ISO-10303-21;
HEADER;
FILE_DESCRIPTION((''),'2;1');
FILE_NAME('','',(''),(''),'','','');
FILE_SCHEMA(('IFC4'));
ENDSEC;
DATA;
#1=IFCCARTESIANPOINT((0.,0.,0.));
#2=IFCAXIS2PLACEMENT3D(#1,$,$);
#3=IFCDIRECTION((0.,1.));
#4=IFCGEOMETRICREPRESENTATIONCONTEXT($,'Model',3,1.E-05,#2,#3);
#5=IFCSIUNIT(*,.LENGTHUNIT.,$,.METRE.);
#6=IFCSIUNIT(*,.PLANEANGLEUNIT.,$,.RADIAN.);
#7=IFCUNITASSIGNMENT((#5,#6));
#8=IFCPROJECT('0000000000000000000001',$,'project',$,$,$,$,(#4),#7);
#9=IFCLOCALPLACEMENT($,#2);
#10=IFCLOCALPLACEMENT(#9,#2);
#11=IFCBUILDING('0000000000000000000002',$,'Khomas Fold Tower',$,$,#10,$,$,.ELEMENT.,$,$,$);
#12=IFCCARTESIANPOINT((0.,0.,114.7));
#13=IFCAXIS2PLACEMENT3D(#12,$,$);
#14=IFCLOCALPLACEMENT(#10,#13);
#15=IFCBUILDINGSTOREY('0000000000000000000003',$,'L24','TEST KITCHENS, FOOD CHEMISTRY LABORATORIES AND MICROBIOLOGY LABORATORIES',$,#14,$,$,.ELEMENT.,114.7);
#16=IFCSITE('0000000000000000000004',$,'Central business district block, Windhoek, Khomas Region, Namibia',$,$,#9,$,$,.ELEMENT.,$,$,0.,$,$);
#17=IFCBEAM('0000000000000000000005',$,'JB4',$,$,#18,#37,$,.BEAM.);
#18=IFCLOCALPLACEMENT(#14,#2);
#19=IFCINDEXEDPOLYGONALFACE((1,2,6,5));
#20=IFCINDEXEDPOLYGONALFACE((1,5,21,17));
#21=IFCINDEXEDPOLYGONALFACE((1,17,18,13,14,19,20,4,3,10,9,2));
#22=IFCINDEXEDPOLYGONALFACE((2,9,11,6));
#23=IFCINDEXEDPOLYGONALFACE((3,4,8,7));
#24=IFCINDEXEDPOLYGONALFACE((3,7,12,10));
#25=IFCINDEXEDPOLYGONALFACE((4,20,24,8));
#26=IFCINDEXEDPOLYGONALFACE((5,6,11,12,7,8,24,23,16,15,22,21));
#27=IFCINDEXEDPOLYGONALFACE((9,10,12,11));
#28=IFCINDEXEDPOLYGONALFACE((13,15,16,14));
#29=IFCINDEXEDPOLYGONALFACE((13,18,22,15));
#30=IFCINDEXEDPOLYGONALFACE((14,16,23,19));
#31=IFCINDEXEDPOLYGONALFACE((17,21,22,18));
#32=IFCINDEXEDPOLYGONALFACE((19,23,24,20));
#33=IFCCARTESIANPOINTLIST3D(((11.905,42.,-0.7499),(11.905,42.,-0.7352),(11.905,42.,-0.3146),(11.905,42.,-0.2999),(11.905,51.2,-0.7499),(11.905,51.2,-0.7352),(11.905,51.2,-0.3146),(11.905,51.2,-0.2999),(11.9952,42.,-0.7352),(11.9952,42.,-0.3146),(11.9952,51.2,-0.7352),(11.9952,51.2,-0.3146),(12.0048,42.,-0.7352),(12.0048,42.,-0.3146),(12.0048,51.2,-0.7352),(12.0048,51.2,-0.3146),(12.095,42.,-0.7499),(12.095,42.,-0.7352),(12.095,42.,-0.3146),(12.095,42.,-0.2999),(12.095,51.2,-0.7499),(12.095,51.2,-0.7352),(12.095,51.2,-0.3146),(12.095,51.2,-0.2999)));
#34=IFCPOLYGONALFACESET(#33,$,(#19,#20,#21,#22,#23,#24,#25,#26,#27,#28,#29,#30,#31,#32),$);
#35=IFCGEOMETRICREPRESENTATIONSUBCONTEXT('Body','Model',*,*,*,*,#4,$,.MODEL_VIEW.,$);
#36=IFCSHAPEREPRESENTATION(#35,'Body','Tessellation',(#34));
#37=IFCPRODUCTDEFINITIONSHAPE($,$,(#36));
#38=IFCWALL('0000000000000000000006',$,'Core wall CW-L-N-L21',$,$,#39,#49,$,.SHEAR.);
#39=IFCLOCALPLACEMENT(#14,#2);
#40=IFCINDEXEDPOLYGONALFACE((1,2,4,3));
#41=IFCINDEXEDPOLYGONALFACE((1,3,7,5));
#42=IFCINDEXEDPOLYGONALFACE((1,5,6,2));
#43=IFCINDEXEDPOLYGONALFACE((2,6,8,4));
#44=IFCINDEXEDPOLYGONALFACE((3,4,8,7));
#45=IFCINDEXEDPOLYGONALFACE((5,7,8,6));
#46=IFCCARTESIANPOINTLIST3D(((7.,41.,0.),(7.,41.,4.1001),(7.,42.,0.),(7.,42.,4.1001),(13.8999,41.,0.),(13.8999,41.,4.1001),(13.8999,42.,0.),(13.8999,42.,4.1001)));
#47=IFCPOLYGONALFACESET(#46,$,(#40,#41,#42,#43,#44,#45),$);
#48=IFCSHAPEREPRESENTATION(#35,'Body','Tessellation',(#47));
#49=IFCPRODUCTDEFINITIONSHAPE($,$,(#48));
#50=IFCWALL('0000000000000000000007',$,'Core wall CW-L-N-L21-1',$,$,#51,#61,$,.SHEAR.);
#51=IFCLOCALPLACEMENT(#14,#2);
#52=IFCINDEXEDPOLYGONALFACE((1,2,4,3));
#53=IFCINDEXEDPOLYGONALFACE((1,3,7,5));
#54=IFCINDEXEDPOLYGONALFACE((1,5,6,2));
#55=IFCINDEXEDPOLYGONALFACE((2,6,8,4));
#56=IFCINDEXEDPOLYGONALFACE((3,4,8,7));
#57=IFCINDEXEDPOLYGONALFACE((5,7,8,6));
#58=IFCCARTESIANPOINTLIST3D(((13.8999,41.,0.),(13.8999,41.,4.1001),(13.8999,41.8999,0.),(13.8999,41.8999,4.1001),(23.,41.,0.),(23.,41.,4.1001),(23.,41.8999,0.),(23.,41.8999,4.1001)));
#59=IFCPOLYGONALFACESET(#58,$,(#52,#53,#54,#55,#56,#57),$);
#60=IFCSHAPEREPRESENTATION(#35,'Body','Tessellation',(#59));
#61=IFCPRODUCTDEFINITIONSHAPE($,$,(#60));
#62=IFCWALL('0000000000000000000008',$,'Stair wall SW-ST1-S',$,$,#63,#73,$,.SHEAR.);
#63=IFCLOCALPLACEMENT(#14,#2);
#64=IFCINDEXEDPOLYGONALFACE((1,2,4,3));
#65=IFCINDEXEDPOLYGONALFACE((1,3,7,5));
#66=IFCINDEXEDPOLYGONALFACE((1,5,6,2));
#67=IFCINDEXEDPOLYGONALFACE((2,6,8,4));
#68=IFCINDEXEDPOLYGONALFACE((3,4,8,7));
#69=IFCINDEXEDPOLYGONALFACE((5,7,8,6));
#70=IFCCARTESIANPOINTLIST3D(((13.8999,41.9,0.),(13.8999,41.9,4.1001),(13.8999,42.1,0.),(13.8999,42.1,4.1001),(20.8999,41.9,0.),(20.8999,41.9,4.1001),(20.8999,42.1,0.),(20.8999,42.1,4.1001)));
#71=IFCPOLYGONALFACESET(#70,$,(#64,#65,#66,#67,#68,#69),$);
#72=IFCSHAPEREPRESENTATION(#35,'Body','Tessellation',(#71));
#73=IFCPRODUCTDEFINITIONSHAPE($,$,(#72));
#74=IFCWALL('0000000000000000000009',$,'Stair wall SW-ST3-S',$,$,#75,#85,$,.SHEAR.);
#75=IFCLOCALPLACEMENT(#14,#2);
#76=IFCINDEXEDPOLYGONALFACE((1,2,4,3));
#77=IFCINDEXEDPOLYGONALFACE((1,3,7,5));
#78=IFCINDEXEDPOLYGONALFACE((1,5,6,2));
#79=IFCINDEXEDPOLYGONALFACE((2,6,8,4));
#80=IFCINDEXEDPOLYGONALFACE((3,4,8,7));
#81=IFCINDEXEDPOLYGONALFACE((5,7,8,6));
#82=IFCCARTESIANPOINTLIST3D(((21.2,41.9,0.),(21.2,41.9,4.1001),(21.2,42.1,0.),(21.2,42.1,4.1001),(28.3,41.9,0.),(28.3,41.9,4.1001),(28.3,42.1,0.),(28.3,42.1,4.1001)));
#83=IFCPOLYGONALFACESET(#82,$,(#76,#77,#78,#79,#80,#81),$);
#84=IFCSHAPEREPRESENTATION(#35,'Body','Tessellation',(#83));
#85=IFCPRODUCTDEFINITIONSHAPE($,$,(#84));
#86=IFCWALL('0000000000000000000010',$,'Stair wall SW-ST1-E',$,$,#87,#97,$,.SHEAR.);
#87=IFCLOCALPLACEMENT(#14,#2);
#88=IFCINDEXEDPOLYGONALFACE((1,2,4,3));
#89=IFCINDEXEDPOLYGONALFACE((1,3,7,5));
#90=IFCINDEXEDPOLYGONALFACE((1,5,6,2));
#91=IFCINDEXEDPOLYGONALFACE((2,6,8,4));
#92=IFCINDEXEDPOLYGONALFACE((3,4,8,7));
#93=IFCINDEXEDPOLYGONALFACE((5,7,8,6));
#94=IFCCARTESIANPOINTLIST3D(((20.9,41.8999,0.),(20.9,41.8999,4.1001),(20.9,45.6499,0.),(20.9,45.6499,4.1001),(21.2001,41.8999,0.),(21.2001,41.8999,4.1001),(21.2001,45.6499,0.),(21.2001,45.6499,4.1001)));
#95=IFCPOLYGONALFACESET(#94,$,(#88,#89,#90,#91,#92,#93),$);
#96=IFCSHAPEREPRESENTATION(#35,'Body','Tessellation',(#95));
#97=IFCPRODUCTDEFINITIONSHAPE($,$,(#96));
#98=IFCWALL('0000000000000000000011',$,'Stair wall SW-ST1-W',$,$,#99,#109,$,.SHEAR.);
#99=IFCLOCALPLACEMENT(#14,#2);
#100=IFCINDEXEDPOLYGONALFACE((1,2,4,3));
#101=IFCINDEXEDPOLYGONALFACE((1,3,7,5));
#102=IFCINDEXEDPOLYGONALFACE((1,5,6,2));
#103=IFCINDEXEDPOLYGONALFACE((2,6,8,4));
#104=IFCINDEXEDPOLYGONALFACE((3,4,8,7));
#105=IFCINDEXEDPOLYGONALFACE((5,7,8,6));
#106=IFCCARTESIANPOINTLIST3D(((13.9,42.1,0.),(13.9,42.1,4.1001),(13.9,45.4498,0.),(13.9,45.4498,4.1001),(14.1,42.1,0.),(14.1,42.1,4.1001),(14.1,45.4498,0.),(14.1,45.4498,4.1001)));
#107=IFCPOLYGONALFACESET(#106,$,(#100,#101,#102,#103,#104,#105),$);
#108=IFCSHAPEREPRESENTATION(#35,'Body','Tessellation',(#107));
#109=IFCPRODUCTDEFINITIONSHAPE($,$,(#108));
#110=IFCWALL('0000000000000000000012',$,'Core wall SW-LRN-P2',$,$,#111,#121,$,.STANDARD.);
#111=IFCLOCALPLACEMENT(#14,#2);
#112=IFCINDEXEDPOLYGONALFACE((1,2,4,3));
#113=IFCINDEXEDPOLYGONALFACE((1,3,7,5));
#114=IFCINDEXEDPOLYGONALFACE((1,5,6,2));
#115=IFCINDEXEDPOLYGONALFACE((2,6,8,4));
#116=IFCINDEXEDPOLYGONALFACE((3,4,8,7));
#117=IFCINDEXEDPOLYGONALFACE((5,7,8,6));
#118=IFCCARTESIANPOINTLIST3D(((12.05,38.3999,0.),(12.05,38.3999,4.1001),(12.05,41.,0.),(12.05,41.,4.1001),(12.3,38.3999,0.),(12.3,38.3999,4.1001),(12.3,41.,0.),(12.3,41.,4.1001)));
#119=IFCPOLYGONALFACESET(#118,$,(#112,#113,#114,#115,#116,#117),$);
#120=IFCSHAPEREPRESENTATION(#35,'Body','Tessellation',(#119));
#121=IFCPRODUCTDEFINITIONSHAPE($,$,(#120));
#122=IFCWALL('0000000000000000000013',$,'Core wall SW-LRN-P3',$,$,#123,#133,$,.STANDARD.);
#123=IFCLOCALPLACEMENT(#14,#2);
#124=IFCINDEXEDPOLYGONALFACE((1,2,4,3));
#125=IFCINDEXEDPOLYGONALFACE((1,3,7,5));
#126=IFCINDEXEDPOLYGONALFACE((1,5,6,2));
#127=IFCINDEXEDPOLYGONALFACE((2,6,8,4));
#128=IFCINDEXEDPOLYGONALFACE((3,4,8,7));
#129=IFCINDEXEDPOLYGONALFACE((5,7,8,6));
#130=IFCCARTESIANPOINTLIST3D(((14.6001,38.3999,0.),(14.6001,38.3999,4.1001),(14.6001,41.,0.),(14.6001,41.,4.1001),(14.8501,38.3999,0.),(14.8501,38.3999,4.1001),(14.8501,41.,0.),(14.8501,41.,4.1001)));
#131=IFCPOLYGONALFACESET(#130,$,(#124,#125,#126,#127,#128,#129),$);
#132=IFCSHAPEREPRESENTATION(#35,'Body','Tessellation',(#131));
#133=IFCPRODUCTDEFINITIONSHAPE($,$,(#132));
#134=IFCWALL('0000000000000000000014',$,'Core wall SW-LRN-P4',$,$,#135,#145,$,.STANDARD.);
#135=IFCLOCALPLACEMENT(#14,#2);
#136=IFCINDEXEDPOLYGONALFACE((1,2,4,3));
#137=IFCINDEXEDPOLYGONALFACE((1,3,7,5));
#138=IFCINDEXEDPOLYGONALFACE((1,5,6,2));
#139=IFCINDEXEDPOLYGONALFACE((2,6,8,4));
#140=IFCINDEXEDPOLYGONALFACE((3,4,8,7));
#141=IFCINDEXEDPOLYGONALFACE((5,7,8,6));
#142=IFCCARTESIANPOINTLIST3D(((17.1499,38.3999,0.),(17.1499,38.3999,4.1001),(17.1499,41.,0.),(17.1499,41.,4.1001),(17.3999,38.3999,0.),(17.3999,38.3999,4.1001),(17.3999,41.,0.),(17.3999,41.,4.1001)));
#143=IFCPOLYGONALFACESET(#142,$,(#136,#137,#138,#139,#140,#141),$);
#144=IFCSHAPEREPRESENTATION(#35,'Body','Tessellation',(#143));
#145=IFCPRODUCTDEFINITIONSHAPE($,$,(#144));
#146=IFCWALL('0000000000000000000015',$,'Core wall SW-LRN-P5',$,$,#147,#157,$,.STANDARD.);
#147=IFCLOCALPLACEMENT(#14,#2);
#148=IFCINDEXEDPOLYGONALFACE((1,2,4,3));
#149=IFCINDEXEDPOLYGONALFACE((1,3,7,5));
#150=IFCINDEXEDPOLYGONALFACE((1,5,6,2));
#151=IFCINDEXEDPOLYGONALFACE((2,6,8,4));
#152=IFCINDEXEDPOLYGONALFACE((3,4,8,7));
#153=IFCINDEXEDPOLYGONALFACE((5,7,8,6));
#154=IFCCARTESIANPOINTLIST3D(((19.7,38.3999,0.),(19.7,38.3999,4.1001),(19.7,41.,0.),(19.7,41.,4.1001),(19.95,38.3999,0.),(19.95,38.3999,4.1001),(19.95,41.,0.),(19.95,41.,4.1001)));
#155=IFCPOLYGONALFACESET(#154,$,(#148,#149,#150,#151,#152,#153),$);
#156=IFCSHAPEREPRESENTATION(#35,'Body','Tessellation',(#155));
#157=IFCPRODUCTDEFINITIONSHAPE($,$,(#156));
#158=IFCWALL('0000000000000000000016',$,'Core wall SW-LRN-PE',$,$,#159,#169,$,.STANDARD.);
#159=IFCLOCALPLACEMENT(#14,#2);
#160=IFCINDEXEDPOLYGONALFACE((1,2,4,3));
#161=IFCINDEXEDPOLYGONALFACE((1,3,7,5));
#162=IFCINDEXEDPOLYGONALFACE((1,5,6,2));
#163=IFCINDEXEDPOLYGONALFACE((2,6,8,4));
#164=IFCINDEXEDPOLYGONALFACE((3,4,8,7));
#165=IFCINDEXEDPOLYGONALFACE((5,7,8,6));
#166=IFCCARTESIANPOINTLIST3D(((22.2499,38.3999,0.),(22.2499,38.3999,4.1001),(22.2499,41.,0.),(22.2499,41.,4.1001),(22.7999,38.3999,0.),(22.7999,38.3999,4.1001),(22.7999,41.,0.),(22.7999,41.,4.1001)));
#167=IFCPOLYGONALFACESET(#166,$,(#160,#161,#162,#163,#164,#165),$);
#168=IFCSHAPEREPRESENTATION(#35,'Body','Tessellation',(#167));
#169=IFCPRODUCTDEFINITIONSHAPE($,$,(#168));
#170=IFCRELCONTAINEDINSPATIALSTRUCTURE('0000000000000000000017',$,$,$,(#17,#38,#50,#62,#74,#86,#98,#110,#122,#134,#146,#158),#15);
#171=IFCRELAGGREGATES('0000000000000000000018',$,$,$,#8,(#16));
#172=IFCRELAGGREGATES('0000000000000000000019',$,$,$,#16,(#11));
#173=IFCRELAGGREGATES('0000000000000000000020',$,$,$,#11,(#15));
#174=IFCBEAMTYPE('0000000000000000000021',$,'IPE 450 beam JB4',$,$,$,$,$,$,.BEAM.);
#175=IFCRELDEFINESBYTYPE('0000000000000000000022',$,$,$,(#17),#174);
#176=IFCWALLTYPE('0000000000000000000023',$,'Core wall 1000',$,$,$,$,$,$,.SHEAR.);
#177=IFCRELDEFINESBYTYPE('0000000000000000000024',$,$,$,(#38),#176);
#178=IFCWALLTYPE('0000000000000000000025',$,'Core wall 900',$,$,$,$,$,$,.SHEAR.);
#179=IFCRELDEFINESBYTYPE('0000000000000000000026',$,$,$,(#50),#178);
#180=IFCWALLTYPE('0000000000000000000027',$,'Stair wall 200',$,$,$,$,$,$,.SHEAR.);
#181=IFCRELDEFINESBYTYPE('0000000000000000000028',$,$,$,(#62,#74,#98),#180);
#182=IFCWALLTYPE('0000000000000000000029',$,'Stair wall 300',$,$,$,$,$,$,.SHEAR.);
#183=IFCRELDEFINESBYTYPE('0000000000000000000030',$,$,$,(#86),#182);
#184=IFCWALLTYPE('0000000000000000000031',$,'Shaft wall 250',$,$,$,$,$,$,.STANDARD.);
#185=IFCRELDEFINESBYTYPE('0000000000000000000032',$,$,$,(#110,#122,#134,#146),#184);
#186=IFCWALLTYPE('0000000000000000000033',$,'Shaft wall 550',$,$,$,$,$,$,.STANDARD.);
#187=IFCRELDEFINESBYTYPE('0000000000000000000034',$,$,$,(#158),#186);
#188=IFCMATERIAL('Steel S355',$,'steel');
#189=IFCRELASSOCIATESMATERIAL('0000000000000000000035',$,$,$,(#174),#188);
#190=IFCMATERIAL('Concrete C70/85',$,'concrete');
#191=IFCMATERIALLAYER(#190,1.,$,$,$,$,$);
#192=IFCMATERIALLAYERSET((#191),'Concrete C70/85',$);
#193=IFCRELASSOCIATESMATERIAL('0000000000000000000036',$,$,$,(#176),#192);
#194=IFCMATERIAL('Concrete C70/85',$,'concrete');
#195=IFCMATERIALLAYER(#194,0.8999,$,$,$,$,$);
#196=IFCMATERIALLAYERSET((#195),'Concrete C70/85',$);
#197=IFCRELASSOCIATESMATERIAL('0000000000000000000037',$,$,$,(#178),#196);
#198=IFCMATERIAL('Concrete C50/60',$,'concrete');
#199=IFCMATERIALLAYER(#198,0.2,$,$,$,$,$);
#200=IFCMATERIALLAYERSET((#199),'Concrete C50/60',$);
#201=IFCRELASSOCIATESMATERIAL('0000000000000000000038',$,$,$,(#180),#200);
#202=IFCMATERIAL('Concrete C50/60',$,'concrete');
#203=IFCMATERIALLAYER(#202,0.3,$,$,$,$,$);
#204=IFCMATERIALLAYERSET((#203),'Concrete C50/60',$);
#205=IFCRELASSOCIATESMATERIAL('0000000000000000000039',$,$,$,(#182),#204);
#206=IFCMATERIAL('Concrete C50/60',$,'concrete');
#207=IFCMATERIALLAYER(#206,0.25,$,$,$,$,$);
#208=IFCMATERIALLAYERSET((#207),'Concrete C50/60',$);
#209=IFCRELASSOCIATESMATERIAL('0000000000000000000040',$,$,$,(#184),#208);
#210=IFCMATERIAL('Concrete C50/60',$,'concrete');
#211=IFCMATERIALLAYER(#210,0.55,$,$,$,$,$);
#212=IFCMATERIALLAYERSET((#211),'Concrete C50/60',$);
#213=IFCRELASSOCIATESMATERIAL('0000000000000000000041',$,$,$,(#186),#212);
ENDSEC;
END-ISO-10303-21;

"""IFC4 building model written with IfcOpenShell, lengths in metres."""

from ifc_helpers import new_model, si_unit, direction, frame, frame_2d, origin, origin_2d, place, context, subcontext, project, spatial, rectangle, i_section, extrude, source, transform, mapped, material, layer, layer_set, material_profile, profile_set, type_object, element, save


model = new_model("IFC4")

# Units and contexts
model_context = context("Model", 3, precision=1e-05, world=origin(), true_north=direction((0.0, 1.0)))
body_context = subcontext(model_context, "Body", "Model", "MODEL_VIEW")
ifc_project = project(units=[si_unit("LENGTHUNIT", "METRE"), si_unit("PLANEANGLEUNIT", "RADIAN")], contexts=[model_context])

# Site, building, storey
site_placement = place(None, origin())
site = spatial("IfcSite", under=ifc_project, at=site_placement, Name="Central business district block, Windhoek, Khomas Region, Namibia", CompositionType="ELEMENT", RefElevation=0.0)
building_placement = place(site_placement, origin())
building = spatial("IfcBuilding", under=site, at=building_placement, Name="Khomas Fold Tower", CompositionType="ELEMENT")
storey_placement = place(building_placement, frame((0.0, 0.0, 114.7)))
storey = spatial("IfcBuildingStorey", under=building, at=storey_placement, Name="L24", Description="TEST KITCHENS, FOOD CHEMISTRY LABORATORIES AND MICROBIOLOGY LABORATORIES", CompositionType="ELEMENT", Elevation=114.7)

# Beam
ifc_material_1 = material(Name="Steel S355", Category="steel")
ifc_material_profile = material_profile(ifc_material_1, i_section(OverallWidth=0.1899, OverallDepth=0.45, WebThickness=0.0095, FlangeThickness=0.0146, at=origin_2d()), Name="IPE 450")
ifc_profile_set = profile_set([ifc_material_profile], Name="Steel S355")
beam_type = type_object("IfcBeamType", Name="IPE 450 beam JB4", PredefinedType="BEAM", material=ifc_profile_set)
shared_shape_1 = source(origin(), body_context, "Body", "SweptSolid", [
    extrude(i_section(OverallWidth=0.1899, OverallDepth=0.45, WebThickness=0.0095, FlangeThickness=0.0146, at=origin_2d()), origin(), (0.0, 0.0, 1.0), 9.2),
])
beam_placement = place(storey_placement, frame((12.0, 42.0, -0.5249), z_axis=(0.0, 1.0, 0.0), x_axis=(-1.0, 0.0, 0.0)))
element("IfcBeam", 1, at=beam_placement, inside=storey, type_object=beam_type, Name="JB4", PredefinedType="BEAM", context=body_context, shape_type="MappedRepresentation", body=[
    mapped(shared_shape_1, transform((0.0, 0.0, 0.0))),
])

# Walls
ifc_material_2 = material(Name="Concrete C70/85", Category="concrete")
ifc_layer_1 = layer(ifc_material_2, 1.0)
ifc_layer_set_1 = layer_set([ifc_layer_1], Name="Concrete C70/85")
wall_type_1 = type_object("IfcWallType", Name="Core wall 1000", PredefinedType="SHEAR", material=ifc_layer_set_1)
shared_shape_2 = source(origin(), body_context, "Body", "SweptSolid", [
    extrude(rectangle(XDim=6.8999, YDim=1.0, at=frame_2d((3.45, 0.0))), origin(), (0.0, 0.0, 1.0), 4.1001),
])
wall_1_placement = place(storey_placement, frame((7.0, 41.5, 0.0), z_axis=(0.0, 0.0, 1.0), x_axis=(1.0, 0.0, 0.0)))
element("IfcWall", 2, at=wall_1_placement, inside=storey, type_object=wall_type_1, Name="Core wall CW-L-N-L21", PredefinedType="SHEAR", context=body_context, shape_type="MappedRepresentation", body=[
    mapped(shared_shape_2, transform((0.0, 0.0, 0.0))),
])
ifc_material_3 = material(Name="Concrete C70/85", Category="concrete")
ifc_layer_2 = layer(ifc_material_3, 0.8999)
ifc_layer_set_2 = layer_set([ifc_layer_2], Name="Concrete C70/85")
wall_type_2 = type_object("IfcWallType", Name="Core wall 900", PredefinedType="SHEAR", material=ifc_layer_set_2)
shared_shape_3 = source(origin(), body_context, "Body", "SweptSolid", [
    extrude(rectangle(XDim=9.1001, YDim=0.8999, at=frame_2d((4.55, 0.0))), origin(), (0.0, 0.0, 1.0), 4.1001),
])
wall_2_placement = place(storey_placement, frame((13.8999, 41.45, 0.0), z_axis=(0.0, 0.0, 1.0), x_axis=(1.0, 0.0, 0.0)))
element("IfcWall", 3, at=wall_2_placement, inside=storey, type_object=wall_type_2, Name="Core wall CW-L-N-L21-1", PredefinedType="SHEAR", context=body_context, shape_type="MappedRepresentation", body=[
    mapped(shared_shape_3, transform((0.0, 0.0, 0.0))),
])
ifc_material_4 = material(Name="Concrete C50/60", Category="concrete")
ifc_layer_3 = layer(ifc_material_4, 0.2)
ifc_layer_set_3 = layer_set([ifc_layer_3], Name="Concrete C50/60")
wall_type_3 = type_object("IfcWallType", Name="Stair wall 200", PredefinedType="SHEAR", material=ifc_layer_set_3)
shared_shape_4 = source(origin(), body_context, "Body", "SweptSolid", [
    extrude(rectangle(XDim=7.0, YDim=0.2, at=frame_2d((3.5, 0.0))), origin(), (0.0, 0.0, 1.0), 4.1001),
])
wall_3_placement = place(storey_placement, frame((13.8999, 42.0, 0.0), z_axis=(0.0, 0.0, 1.0), x_axis=(1.0, 0.0, 0.0)))
element("IfcWall", 4, at=wall_3_placement, inside=storey, type_object=wall_type_3, Name="Stair wall SW-ST1-S", PredefinedType="SHEAR", context=body_context, shape_type="MappedRepresentation", body=[
    mapped(shared_shape_4, transform((0.0, 0.0, 0.0))),
])
shared_shape_5 = source(origin(), body_context, "Body", "SweptSolid", [
    extrude(rectangle(XDim=7.1001, YDim=0.2, at=frame_2d((3.55, 0.0))), origin(), (0.0, 0.0, 1.0), 4.1001),
])
wall_4_placement = place(storey_placement, frame((21.2, 42.0, 0.0), z_axis=(0.0, 0.0, 1.0), x_axis=(1.0, 0.0, 0.0)))
element("IfcWall", 5, at=wall_4_placement, inside=storey, type_object=wall_type_3, Name="Stair wall SW-ST3-S", PredefinedType="SHEAR", context=body_context, shape_type="MappedRepresentation", body=[
    mapped(shared_shape_5, transform((0.0, 0.0, 0.0))),
])
ifc_material_5 = material(Name="Concrete C50/60", Category="concrete")
ifc_layer_4 = layer(ifc_material_5, 0.3)
ifc_layer_set_4 = layer_set([ifc_layer_4], Name="Concrete C50/60")
wall_type_4 = type_object("IfcWallType", Name="Stair wall 300", PredefinedType="SHEAR", material=ifc_layer_set_4)
shared_shape_6 = source(origin(), body_context, "Body", "SweptSolid", [
    extrude(rectangle(XDim=3.75, YDim=0.3, at=frame_2d((1.875, 0.0))), origin(), (0.0, 0.0, 1.0), 4.1001),
])
wall_5_placement = place(storey_placement, frame((21.05, 41.8999, 0.0), z_axis=(0.0, 0.0, 1.0), x_axis=(0.0, 1.0, 0.0)))
element("IfcWall", 6, at=wall_5_placement, inside=storey, type_object=wall_type_4, Name="Stair wall SW-ST1-E", PredefinedType="SHEAR", context=body_context, shape_type="MappedRepresentation", body=[
    mapped(shared_shape_6, transform((0.0, 0.0, 0.0))),
])
shared_shape_7 = source(origin(), body_context, "Body", "SweptSolid", [
    extrude(rectangle(XDim=3.3499, YDim=0.2, at=frame_2d((1.6748, 0.0))), origin(), (0.0, 0.0, 1.0), 4.1001),
])
wall_6_placement = place(storey_placement, frame((14.0, 42.1001, 0.0), z_axis=(0.0, 0.0, 1.0), x_axis=(0.0, 1.0, 0.0)))
element("IfcWall", 7, at=wall_6_placement, inside=storey, type_object=wall_type_3, Name="Stair wall SW-ST1-W", PredefinedType="SHEAR", context=body_context, shape_type="MappedRepresentation", body=[
    mapped(shared_shape_7, transform((0.0, 0.0, 0.0))),
])
ifc_material_6 = material(Name="Concrete C50/60", Category="concrete")
ifc_layer_5 = layer(ifc_material_6, 0.25)
ifc_layer_set_5 = layer_set([ifc_layer_5], Name="Concrete C50/60")
wall_type_5 = type_object("IfcWallType", Name="Shaft wall 250", PredefinedType="STANDARD", material=ifc_layer_set_5)
shared_shape_8 = source(origin(), body_context, "Body", "SweptSolid", [
    extrude(rectangle(XDim=2.6001, YDim=0.25, at=frame_2d((1.3, 0.0))), origin(), (0.0, 0.0, 1.0), 4.1001),
])
for number, where, z_axis, x_axis, name in (
    (8, (12.175, 38.3999, 0.0), (0.0, 0.0, 1.0), (0.0, 1.0, 0.0), "Core wall SW-LRN-P2"),
    (9, (14.7251, 38.3999, 0.0), (0.0, 0.0, 1.0), (0.0, 1.0, 0.0), "Core wall SW-LRN-P3"),
    (10, (17.2749, 38.3999, 0.0), (0.0, 0.0, 1.0), (0.0, 1.0, 0.0), "Core wall SW-LRN-P4"),
    (11, (19.825, 38.3999, 0.0), (0.0, 0.0, 1.0), (0.0, 1.0, 0.0), "Core wall SW-LRN-P5"),
):
    element("IfcWall", number, at=place(storey_placement, frame(where, z_axis=z_axis, x_axis=x_axis)), inside=storey, type_object=wall_type_5, Name=name, PredefinedType="STANDARD", context=body_context, shape_type="MappedRepresentation", body=[
        mapped(shared_shape_8, transform((0.0, 0.0, 0.0))),
    ])
ifc_material_7 = material(Name="Concrete C50/60", Category="concrete")
ifc_layer_6 = layer(ifc_material_7, 0.55)
ifc_layer_set_6 = layer_set([ifc_layer_6], Name="Concrete C50/60")
wall_type_6 = type_object("IfcWallType", Name="Shaft wall 550", PredefinedType="STANDARD", material=ifc_layer_set_6)
shared_shape_9 = source(origin(), body_context, "Body", "SweptSolid", [
    extrude(rectangle(XDim=2.6001, YDim=0.55, at=frame_2d((1.3, 0.0))), origin(), (0.0, 0.0, 1.0), 4.1001),
])
wall_7_placement = place(storey_placement, frame((22.5249, 38.3999, 0.0), z_axis=(0.0, 0.0, 1.0), x_axis=(0.0, 1.0, 0.0)))
element("IfcWall", 12, at=wall_7_placement, inside=storey, type_object=wall_type_6, Name="Core wall SW-LRN-PE", PredefinedType="STANDARD", context=body_context, shape_type="MappedRepresentation", body=[
    mapped(shared_shape_9, transform((0.0, 0.0, 0.0))),
])

save(model, "model.ifc")
